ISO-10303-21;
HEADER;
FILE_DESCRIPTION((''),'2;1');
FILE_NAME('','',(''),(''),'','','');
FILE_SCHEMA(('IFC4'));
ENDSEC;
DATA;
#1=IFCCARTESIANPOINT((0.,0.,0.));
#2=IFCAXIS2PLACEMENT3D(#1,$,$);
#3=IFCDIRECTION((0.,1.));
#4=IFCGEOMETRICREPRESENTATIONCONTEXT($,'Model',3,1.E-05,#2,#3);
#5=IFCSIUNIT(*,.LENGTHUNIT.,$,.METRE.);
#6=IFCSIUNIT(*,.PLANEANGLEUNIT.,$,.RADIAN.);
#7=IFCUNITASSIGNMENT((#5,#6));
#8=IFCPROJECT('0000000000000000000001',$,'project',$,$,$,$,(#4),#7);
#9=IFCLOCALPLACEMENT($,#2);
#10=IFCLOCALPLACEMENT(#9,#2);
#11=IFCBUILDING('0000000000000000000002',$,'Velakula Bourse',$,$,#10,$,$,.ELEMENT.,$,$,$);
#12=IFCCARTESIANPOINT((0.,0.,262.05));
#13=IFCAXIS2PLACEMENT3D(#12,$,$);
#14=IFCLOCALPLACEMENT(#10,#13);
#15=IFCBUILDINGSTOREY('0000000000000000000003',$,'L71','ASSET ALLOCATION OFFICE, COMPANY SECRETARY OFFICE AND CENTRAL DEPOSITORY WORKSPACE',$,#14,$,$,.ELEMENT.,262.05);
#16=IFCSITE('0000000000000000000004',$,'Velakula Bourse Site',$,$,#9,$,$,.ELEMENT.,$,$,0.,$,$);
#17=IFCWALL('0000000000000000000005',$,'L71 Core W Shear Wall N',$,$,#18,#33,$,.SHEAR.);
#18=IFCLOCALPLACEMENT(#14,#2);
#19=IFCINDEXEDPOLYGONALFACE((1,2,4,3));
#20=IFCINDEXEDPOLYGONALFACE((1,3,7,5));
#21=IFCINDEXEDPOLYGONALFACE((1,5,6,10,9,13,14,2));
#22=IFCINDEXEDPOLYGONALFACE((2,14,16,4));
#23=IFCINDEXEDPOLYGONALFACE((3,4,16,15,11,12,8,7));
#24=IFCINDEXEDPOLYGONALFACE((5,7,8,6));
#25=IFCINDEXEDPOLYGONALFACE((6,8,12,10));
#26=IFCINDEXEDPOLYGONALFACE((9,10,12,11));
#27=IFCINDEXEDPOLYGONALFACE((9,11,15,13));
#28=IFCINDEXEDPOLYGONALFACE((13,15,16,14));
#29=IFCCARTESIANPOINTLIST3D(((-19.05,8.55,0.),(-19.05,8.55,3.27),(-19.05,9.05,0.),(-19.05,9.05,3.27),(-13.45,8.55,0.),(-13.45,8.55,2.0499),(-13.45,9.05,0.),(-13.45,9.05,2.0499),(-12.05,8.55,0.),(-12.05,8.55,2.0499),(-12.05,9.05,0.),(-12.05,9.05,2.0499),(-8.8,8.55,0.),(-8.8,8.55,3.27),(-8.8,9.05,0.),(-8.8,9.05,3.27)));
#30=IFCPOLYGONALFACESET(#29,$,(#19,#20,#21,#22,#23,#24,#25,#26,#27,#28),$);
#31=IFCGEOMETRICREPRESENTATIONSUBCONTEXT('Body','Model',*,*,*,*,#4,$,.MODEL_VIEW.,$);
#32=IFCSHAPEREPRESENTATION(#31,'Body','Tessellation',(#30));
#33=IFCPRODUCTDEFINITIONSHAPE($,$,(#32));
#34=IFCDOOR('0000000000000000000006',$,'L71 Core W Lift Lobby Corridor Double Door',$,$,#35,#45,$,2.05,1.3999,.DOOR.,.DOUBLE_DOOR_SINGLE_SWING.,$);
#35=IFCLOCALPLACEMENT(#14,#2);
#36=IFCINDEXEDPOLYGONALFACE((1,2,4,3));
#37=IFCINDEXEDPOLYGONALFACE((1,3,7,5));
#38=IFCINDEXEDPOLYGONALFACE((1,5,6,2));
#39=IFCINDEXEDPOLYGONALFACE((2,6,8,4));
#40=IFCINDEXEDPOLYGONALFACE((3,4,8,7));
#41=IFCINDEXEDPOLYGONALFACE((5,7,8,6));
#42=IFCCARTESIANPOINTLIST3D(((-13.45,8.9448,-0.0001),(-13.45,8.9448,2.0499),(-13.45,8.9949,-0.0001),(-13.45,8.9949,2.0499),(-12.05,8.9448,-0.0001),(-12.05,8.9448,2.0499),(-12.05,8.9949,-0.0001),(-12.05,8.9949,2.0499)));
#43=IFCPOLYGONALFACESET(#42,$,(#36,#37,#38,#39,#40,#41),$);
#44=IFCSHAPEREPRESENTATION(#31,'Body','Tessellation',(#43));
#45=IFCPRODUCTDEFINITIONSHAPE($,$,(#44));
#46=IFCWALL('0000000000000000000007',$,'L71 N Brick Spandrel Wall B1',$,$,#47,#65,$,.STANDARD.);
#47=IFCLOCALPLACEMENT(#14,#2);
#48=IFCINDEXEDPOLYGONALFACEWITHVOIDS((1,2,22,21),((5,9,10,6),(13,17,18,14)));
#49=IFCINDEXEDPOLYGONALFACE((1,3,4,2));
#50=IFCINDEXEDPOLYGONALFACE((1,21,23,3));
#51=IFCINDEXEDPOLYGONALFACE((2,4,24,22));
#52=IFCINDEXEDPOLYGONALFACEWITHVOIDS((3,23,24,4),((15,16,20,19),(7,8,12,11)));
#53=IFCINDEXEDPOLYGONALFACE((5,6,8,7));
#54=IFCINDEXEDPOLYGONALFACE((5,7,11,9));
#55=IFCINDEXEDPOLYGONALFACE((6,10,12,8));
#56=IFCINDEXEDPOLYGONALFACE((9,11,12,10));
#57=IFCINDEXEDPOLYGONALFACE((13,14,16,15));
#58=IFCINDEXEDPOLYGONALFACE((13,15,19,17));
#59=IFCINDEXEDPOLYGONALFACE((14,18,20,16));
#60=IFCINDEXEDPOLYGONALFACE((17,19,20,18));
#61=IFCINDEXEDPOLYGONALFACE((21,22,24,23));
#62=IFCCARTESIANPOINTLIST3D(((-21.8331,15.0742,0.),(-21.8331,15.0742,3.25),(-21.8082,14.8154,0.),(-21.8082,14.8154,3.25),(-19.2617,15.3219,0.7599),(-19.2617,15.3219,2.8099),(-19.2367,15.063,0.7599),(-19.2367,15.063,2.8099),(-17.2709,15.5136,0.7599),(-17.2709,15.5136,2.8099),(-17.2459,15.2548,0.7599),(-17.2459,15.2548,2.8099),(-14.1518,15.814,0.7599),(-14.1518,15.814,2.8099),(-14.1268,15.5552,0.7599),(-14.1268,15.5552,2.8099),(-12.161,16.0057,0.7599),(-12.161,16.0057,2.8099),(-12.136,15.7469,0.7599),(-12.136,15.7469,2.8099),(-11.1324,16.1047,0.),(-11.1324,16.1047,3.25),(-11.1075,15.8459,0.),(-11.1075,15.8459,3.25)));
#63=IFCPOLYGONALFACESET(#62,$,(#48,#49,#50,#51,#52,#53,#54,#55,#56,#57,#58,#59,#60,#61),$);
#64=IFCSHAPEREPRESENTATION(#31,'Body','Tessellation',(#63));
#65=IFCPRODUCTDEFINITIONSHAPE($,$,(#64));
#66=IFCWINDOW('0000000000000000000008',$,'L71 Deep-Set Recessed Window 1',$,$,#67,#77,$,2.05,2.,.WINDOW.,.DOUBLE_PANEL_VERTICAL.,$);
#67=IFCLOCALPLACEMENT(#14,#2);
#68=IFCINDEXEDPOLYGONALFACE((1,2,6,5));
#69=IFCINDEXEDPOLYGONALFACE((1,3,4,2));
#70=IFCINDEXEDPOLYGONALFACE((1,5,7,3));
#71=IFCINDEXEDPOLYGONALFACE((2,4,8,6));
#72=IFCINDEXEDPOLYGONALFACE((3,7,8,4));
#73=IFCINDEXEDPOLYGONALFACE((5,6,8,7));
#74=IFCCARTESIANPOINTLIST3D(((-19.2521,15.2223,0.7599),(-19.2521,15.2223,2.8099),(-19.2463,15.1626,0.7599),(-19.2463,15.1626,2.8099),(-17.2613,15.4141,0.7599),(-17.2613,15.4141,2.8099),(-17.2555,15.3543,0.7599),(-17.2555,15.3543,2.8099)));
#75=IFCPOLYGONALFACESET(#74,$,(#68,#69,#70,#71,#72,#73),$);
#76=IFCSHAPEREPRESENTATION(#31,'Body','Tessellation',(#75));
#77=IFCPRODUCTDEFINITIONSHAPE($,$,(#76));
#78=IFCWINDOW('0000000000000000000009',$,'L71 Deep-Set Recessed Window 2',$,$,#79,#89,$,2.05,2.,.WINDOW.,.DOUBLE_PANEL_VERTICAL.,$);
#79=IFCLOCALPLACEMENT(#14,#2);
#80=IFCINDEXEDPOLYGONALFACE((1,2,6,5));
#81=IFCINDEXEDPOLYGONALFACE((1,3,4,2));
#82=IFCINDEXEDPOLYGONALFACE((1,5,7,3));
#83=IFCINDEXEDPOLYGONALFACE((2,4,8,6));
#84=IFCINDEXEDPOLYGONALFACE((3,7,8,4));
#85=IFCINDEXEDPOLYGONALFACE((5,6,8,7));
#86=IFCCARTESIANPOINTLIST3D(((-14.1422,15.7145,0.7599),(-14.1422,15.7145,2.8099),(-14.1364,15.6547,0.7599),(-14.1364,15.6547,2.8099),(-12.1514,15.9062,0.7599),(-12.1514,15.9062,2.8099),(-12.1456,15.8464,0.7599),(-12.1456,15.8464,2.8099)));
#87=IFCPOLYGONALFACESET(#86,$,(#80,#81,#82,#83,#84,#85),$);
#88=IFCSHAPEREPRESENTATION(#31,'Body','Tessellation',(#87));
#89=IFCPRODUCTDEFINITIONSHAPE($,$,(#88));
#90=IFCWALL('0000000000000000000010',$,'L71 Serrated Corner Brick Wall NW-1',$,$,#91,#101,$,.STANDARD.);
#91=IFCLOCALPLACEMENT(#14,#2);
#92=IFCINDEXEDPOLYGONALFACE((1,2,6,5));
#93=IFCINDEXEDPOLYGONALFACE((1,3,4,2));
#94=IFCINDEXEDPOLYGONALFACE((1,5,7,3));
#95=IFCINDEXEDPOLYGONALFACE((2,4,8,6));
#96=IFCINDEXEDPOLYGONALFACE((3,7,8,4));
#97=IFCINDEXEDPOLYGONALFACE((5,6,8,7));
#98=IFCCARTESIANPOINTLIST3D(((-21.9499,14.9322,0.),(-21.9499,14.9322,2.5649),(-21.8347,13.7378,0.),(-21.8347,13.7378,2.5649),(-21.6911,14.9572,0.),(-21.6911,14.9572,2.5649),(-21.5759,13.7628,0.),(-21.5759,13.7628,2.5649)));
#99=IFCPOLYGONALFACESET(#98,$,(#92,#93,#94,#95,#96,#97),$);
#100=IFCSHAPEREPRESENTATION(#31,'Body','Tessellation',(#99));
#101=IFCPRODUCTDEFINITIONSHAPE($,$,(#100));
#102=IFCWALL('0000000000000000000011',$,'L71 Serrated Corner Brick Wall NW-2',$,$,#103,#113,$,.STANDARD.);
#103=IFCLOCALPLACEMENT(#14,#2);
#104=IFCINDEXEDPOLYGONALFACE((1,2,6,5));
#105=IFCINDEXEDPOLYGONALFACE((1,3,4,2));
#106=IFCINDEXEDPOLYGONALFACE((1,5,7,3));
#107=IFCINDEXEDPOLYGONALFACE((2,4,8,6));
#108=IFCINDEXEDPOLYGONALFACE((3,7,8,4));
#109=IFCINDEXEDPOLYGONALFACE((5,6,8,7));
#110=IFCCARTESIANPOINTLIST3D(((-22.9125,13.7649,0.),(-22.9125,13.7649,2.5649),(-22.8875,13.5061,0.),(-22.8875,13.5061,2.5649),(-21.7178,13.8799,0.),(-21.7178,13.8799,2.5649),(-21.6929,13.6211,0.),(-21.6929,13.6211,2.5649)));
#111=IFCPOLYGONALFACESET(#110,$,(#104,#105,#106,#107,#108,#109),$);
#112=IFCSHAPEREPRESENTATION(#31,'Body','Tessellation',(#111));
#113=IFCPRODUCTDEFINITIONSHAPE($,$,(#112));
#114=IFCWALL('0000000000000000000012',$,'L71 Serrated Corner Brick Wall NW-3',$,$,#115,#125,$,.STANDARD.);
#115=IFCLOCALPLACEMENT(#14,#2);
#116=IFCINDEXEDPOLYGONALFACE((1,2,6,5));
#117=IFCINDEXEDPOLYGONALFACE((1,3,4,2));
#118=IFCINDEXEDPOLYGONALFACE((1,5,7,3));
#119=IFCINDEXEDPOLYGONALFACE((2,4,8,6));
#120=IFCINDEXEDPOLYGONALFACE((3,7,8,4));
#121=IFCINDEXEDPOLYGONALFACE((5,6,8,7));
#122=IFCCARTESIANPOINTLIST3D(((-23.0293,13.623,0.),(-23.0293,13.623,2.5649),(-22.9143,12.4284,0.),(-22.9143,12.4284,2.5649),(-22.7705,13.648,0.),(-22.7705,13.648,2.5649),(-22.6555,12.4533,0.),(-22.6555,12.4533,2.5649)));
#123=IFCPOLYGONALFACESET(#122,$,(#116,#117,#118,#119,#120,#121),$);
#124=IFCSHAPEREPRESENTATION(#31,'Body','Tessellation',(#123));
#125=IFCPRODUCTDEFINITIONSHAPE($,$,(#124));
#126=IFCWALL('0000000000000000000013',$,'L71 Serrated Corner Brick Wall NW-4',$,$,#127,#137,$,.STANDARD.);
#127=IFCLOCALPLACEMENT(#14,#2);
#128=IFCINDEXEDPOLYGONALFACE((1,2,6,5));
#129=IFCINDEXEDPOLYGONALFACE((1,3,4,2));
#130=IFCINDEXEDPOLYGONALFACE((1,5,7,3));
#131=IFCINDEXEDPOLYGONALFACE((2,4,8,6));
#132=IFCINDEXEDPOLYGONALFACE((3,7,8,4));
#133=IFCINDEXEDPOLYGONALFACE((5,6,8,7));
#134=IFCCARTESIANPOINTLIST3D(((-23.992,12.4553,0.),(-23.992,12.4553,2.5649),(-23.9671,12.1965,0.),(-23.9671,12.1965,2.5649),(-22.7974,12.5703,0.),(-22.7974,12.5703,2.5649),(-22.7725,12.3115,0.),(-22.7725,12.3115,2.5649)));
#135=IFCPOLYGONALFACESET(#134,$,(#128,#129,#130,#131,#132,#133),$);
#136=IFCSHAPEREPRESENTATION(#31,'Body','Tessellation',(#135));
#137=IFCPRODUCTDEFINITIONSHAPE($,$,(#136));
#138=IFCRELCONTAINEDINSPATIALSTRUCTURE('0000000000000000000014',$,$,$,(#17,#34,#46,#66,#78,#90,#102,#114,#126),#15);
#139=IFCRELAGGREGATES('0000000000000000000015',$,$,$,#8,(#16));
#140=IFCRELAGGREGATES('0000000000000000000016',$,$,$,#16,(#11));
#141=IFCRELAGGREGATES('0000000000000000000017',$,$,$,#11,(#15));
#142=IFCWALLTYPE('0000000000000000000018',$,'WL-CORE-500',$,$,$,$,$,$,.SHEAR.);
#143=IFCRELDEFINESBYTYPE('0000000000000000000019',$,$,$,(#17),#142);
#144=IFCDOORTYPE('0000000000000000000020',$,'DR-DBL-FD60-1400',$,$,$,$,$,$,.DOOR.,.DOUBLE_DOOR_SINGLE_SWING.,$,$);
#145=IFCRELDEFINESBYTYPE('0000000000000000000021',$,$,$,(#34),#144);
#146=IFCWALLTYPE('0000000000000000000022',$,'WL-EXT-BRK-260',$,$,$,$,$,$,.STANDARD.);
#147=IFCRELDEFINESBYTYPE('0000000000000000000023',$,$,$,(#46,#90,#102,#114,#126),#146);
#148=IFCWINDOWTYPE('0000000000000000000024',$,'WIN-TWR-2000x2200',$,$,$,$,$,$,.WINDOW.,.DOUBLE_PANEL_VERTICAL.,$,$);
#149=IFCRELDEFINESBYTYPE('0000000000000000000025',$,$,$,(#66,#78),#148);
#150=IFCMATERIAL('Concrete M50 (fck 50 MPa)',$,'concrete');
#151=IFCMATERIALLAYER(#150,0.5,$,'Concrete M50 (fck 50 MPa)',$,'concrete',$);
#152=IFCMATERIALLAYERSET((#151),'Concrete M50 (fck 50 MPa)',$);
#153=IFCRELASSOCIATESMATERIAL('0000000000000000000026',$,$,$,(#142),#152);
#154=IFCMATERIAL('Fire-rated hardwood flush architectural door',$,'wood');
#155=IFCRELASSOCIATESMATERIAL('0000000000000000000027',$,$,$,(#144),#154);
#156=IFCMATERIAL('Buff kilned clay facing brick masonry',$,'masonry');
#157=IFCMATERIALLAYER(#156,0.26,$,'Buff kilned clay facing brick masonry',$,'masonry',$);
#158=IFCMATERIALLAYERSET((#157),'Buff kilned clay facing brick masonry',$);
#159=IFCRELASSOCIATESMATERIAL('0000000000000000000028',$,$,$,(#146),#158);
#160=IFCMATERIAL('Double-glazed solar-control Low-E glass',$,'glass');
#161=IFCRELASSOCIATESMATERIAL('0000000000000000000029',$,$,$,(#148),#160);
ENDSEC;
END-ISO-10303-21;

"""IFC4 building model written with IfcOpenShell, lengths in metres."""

from ifc_helpers import new_model, si_unit, direction, frame, frame_2d, origin, place, context, subcontext, project, spatial, rectangle, extrude, material, layer, layer_set, type_object, element, fill, save


model = new_model("IFC4")

# Units and contexts
model_context = context("Model", 3, precision=1e-05, world=origin(), true_north=direction((0.0, 1.0)))
body_context = subcontext(model_context, "Body", "Model", "MODEL_VIEW")
ifc_project = project(units=[si_unit("LENGTHUNIT", "METRE"), si_unit("PLANEANGLEUNIT", "RADIAN")], contexts=[model_context])

# Site, building, storey
site_placement = place(None, origin())
site = spatial("IfcSite", under=ifc_project, at=site_placement, Name="Velakula Bourse Site", CompositionType="ELEMENT", RefElevation=0.0)
building_placement = place(site_placement, origin())
building = spatial("IfcBuilding", under=site, at=building_placement, Name="Velakula Bourse", CompositionType="ELEMENT")
storey_placement = place(building_placement, frame((0.0, 0.0, 262.05)))
storey = spatial("IfcBuildingStorey", under=building, at=storey_placement, Name="L71", Description="ASSET ALLOCATION OFFICE, COMPANY SECRETARY OFFICE AND CENTRAL DEPOSITORY WORKSPACE", CompositionType="ELEMENT", Elevation=262.05)

# Wall, opening, door
ifc_material_1 = material(Name="Concrete M50 (fck 50 MPa)", Category="concrete")
ifc_layer_1 = layer(ifc_material_1, 0.5, Name="Concrete M50 (fck 50 MPa)", Category="concrete")
ifc_layer_set_1 = layer_set([ifc_layer_1], Name="Concrete M50 (fck 50 MPa)")
wall_type_1 = type_object("IfcWallType", Name="WL-CORE-500", PredefinedType="SHEAR", material=ifc_layer_set_1)
wall_1_placement = place(storey_placement, frame((-19.05, 8.8, 0.0), z_axis=(0.0, 0.0, 1.0), x_axis=(1.0, 0.0, 0.0)))
wall_1 = element("IfcWall", 1, at=wall_1_placement, inside=storey, type_object=wall_type_1, Name="L71 Core W Shear Wall N", PredefinedType="SHEAR", context=body_context, shape_type="SweptSolid", body=[
    extrude(rectangle(XDim=10.25, YDim=0.5, at=frame_2d((5.125, 0.0))), origin(), (0.0, 0.0, 1.0), 3.27),
])
opening_1_placement = place(wall_1_placement, frame((5.6001, 0.0, 0.0)))
opening_1 = element("IfcOpeningElement", 2, at=opening_1_placement, cuts=wall_1, PredefinedType="OPENING", context=body_context, shape_type="SweptSolid", body=[
    extrude(rectangle(XDim=1.3999, YDim=2.05, at=frame_2d((0.7, 1.0249))), frame((0.0, 0.26, 0.0), z_axis=(0.0, -1.0, 0.0), x_axis=(1.0, 0.0, 0.0)), (0.0, 0.0, 1.0), 0.52),
])
ifc_material_2 = material(Name="Fire-rated hardwood flush architectural door", Category="wood")
door_type_1 = type_object("IfcDoorType", Name="DR-DBL-FD60-1400", OperationType="DOUBLE_DOOR_SINGLE_SWING", PredefinedType="DOOR", material=ifc_material_2)
door_1_placement = place(opening_1_placement, origin())
door_1 = element("IfcDoor", 3, at=door_1_placement, inside=storey, type_object=door_type_1, Name="L71 Core W Lift Lobby Corridor Double Door", OperationType="DOUBLE_DOOR_SINGLE_SWING", OverallHeight=2.05, OverallWidth=1.3999, PredefinedType="DOOR", context=body_context, shape_type="SweptSolid", body=[
    extrude(rectangle(XDim=1.3999, YDim=2.05, at=frame_2d((0.7, 1.0249))), frame((0.0, 0.1948, 0.0), z_axis=(0.0, -1.0, 0.0), x_axis=(1.0, 0.0, 0.0)), (0.0, 0.0, 1.0), 0.05),
])
fill(opening_1, door_1)

# Wall, openings, windows
ifc_material_3 = material(Name="Buff kilned clay facing brick masonry", Category="masonry")
ifc_layer_2 = layer(ifc_material_3, 0.26, Name="Buff kilned clay facing brick masonry", Category="masonry")
ifc_layer_set_2 = layer_set([ifc_layer_2], Name="Buff kilned clay facing brick masonry")
wall_type_2 = type_object("IfcWallType", Name="WL-EXT-BRK-260", PredefinedType="STANDARD", material=ifc_layer_set_2)
wall_2_placement = place(storey_placement, frame((-21.8206, 14.9448, 0.0), z_axis=(0.0, 0.0, 1.0), x_axis=(0.995395, 0.09586, 0.0)))
wall_2 = element("IfcWall", 4, at=wall_2_placement, inside=storey, type_object=wall_type_2, Name="L71 N Brick Spandrel Wall B1", PredefinedType="STANDARD", context=body_context, shape_type="SweptSolid", body=[
    extrude(rectangle(XDim=10.7502, YDim=0.26, at=frame_2d((5.375, 0.0))), origin(), (0.0, 0.0, 1.0), 3.25),
])
opening_2_placement = place(wall_2_placement, frame((2.5833, 0.0, 0.76)))
opening_2 = element("IfcOpeningElement", 5, at=opening_2_placement, cuts=wall_2, PredefinedType="OPENING", context=body_context, shape_type="SweptSolid", body=[
    extrude(rectangle(XDim=2.0, YDim=2.05, at=frame_2d((1.0, 1.0249))), frame((0.0, 0.1399, 0.0), z_axis=(0.0, -1.0, 0.0), x_axis=(1.0, 0.0, 0.0)), (0.0, 0.0, 1.0), 0.28),
])
opening_3_placement = place(wall_2_placement, frame((7.7168, 0.0, 0.76)))
opening_3 = element("IfcOpeningElement", 6, at=opening_3_placement, cuts=wall_2, PredefinedType="OPENING", context=body_context, shape_type="SweptSolid", body=[
    extrude(rectangle(XDim=2.0, YDim=2.05, at=frame_2d((1.0, 1.0249))), frame((0.0, 0.1399, 0.0), z_axis=(0.0, -1.0, 0.0), x_axis=(1.0, 0.0, 0.0)), (0.0, 0.0, 1.0), 0.28),
])
ifc_material_4 = material(Name="Double-glazed solar-control Low-E glass", Category="glass")
window_type = type_object("IfcWindowType", Name="WIN-TWR-2000x2200", PartitioningType="DOUBLE_PANEL_VERTICAL", PredefinedType="WINDOW", material=ifc_material_4)
window_1_placement = place(opening_2_placement, origin())
window_1 = element("IfcWindow", 7, at=window_1_placement, inside=storey, type_object=window_type, Name="L71 Deep-Set Recessed Window 1", OverallHeight=2.05, OverallWidth=2.0, PartitioningType="DOUBLE_PANEL_VERTICAL", PredefinedType="WINDOW", context=body_context, shape_type="SweptSolid", body=[
    extrude(rectangle(XDim=2.0, YDim=2.05, at=frame_2d((1.0, 1.0249))), frame((0.0, 0.03, 0.0), z_axis=(0.0, -1.0, 0.0), x_axis=(1.0, 0.0, 0.0)), (0.0, 0.0, 1.0), 0.0601),
])
fill(opening_2, window_1)
window_2_placement = place(opening_3_placement, origin())
window_2 = element("IfcWindow", 8, at=window_2_placement, inside=storey, type_object=window_type, Name="L71 Deep-Set Recessed Window 2", OverallHeight=2.05, OverallWidth=2.0, PartitioningType="DOUBLE_PANEL_VERTICAL", PredefinedType="WINDOW", context=body_context, shape_type="SweptSolid", body=[
    extrude(rectangle(XDim=2.0, YDim=2.05, at=frame_2d((1.0, 1.0249))), frame((0.0, 0.03, 0.0), z_axis=(0.0, -1.0, 0.0), x_axis=(1.0, 0.0, 0.0)), (0.0, 0.0, 1.0), 0.0601),
])
fill(opening_3, window_2)

# Walls
wall_3_placement = place(storey_placement, frame((-21.8206, 14.9448, 0.0), z_axis=(0.0, 0.0, 1.0), x_axis=(0.096038, -0.995378, 0.0)))
element("IfcWall", 9, at=wall_3_placement, inside=storey, type_object=wall_type_2, Name="L71 Serrated Corner Brick Wall NW-1", PredefinedType="STANDARD", context=body_context, shape_type="SweptSolid", body=[
    extrude(rectangle(XDim=1.2, YDim=0.26, at=frame_2d((0.6001, 0.0))), origin(), (0.0, 0.0, 1.0), 2.5649),
])
for number, where, z_axis, x_axis, name in (
    (10, (-21.7053, 13.7505, 0.0), (0.0, 0.0, 1.0), (-0.995399, -0.095817, 0.0), "L71 Serrated Corner Brick Wall NW-2"),
    (11, (-22.8999, 13.6355, 0.0), (0.0, 0.0, 1.0), (0.095817, -0.995399, 0.0), "L71 Serrated Corner Brick Wall NW-3"),
    (12, (-22.7849, 12.4409, 0.0), (0.0, 0.0, 1.0), (-0.995399, -0.095817, 0.0), "L71 Serrated Corner Brick Wall NW-4"),
):
    element("IfcWall", number, at=place(storey_placement, frame(where, z_axis=z_axis, x_axis=x_axis)), inside=storey, type_object=wall_type_2, Name=name, PredefinedType="STANDARD", context=body_context, shape_type="SweptSolid", body=[
        extrude(rectangle(XDim=1.2002, YDim=0.26, at=frame_2d((0.6001, 0.0))), origin(), (0.0, 0.0, 1.0), 2.5649),
    ])

save(model, "model.ifc")
